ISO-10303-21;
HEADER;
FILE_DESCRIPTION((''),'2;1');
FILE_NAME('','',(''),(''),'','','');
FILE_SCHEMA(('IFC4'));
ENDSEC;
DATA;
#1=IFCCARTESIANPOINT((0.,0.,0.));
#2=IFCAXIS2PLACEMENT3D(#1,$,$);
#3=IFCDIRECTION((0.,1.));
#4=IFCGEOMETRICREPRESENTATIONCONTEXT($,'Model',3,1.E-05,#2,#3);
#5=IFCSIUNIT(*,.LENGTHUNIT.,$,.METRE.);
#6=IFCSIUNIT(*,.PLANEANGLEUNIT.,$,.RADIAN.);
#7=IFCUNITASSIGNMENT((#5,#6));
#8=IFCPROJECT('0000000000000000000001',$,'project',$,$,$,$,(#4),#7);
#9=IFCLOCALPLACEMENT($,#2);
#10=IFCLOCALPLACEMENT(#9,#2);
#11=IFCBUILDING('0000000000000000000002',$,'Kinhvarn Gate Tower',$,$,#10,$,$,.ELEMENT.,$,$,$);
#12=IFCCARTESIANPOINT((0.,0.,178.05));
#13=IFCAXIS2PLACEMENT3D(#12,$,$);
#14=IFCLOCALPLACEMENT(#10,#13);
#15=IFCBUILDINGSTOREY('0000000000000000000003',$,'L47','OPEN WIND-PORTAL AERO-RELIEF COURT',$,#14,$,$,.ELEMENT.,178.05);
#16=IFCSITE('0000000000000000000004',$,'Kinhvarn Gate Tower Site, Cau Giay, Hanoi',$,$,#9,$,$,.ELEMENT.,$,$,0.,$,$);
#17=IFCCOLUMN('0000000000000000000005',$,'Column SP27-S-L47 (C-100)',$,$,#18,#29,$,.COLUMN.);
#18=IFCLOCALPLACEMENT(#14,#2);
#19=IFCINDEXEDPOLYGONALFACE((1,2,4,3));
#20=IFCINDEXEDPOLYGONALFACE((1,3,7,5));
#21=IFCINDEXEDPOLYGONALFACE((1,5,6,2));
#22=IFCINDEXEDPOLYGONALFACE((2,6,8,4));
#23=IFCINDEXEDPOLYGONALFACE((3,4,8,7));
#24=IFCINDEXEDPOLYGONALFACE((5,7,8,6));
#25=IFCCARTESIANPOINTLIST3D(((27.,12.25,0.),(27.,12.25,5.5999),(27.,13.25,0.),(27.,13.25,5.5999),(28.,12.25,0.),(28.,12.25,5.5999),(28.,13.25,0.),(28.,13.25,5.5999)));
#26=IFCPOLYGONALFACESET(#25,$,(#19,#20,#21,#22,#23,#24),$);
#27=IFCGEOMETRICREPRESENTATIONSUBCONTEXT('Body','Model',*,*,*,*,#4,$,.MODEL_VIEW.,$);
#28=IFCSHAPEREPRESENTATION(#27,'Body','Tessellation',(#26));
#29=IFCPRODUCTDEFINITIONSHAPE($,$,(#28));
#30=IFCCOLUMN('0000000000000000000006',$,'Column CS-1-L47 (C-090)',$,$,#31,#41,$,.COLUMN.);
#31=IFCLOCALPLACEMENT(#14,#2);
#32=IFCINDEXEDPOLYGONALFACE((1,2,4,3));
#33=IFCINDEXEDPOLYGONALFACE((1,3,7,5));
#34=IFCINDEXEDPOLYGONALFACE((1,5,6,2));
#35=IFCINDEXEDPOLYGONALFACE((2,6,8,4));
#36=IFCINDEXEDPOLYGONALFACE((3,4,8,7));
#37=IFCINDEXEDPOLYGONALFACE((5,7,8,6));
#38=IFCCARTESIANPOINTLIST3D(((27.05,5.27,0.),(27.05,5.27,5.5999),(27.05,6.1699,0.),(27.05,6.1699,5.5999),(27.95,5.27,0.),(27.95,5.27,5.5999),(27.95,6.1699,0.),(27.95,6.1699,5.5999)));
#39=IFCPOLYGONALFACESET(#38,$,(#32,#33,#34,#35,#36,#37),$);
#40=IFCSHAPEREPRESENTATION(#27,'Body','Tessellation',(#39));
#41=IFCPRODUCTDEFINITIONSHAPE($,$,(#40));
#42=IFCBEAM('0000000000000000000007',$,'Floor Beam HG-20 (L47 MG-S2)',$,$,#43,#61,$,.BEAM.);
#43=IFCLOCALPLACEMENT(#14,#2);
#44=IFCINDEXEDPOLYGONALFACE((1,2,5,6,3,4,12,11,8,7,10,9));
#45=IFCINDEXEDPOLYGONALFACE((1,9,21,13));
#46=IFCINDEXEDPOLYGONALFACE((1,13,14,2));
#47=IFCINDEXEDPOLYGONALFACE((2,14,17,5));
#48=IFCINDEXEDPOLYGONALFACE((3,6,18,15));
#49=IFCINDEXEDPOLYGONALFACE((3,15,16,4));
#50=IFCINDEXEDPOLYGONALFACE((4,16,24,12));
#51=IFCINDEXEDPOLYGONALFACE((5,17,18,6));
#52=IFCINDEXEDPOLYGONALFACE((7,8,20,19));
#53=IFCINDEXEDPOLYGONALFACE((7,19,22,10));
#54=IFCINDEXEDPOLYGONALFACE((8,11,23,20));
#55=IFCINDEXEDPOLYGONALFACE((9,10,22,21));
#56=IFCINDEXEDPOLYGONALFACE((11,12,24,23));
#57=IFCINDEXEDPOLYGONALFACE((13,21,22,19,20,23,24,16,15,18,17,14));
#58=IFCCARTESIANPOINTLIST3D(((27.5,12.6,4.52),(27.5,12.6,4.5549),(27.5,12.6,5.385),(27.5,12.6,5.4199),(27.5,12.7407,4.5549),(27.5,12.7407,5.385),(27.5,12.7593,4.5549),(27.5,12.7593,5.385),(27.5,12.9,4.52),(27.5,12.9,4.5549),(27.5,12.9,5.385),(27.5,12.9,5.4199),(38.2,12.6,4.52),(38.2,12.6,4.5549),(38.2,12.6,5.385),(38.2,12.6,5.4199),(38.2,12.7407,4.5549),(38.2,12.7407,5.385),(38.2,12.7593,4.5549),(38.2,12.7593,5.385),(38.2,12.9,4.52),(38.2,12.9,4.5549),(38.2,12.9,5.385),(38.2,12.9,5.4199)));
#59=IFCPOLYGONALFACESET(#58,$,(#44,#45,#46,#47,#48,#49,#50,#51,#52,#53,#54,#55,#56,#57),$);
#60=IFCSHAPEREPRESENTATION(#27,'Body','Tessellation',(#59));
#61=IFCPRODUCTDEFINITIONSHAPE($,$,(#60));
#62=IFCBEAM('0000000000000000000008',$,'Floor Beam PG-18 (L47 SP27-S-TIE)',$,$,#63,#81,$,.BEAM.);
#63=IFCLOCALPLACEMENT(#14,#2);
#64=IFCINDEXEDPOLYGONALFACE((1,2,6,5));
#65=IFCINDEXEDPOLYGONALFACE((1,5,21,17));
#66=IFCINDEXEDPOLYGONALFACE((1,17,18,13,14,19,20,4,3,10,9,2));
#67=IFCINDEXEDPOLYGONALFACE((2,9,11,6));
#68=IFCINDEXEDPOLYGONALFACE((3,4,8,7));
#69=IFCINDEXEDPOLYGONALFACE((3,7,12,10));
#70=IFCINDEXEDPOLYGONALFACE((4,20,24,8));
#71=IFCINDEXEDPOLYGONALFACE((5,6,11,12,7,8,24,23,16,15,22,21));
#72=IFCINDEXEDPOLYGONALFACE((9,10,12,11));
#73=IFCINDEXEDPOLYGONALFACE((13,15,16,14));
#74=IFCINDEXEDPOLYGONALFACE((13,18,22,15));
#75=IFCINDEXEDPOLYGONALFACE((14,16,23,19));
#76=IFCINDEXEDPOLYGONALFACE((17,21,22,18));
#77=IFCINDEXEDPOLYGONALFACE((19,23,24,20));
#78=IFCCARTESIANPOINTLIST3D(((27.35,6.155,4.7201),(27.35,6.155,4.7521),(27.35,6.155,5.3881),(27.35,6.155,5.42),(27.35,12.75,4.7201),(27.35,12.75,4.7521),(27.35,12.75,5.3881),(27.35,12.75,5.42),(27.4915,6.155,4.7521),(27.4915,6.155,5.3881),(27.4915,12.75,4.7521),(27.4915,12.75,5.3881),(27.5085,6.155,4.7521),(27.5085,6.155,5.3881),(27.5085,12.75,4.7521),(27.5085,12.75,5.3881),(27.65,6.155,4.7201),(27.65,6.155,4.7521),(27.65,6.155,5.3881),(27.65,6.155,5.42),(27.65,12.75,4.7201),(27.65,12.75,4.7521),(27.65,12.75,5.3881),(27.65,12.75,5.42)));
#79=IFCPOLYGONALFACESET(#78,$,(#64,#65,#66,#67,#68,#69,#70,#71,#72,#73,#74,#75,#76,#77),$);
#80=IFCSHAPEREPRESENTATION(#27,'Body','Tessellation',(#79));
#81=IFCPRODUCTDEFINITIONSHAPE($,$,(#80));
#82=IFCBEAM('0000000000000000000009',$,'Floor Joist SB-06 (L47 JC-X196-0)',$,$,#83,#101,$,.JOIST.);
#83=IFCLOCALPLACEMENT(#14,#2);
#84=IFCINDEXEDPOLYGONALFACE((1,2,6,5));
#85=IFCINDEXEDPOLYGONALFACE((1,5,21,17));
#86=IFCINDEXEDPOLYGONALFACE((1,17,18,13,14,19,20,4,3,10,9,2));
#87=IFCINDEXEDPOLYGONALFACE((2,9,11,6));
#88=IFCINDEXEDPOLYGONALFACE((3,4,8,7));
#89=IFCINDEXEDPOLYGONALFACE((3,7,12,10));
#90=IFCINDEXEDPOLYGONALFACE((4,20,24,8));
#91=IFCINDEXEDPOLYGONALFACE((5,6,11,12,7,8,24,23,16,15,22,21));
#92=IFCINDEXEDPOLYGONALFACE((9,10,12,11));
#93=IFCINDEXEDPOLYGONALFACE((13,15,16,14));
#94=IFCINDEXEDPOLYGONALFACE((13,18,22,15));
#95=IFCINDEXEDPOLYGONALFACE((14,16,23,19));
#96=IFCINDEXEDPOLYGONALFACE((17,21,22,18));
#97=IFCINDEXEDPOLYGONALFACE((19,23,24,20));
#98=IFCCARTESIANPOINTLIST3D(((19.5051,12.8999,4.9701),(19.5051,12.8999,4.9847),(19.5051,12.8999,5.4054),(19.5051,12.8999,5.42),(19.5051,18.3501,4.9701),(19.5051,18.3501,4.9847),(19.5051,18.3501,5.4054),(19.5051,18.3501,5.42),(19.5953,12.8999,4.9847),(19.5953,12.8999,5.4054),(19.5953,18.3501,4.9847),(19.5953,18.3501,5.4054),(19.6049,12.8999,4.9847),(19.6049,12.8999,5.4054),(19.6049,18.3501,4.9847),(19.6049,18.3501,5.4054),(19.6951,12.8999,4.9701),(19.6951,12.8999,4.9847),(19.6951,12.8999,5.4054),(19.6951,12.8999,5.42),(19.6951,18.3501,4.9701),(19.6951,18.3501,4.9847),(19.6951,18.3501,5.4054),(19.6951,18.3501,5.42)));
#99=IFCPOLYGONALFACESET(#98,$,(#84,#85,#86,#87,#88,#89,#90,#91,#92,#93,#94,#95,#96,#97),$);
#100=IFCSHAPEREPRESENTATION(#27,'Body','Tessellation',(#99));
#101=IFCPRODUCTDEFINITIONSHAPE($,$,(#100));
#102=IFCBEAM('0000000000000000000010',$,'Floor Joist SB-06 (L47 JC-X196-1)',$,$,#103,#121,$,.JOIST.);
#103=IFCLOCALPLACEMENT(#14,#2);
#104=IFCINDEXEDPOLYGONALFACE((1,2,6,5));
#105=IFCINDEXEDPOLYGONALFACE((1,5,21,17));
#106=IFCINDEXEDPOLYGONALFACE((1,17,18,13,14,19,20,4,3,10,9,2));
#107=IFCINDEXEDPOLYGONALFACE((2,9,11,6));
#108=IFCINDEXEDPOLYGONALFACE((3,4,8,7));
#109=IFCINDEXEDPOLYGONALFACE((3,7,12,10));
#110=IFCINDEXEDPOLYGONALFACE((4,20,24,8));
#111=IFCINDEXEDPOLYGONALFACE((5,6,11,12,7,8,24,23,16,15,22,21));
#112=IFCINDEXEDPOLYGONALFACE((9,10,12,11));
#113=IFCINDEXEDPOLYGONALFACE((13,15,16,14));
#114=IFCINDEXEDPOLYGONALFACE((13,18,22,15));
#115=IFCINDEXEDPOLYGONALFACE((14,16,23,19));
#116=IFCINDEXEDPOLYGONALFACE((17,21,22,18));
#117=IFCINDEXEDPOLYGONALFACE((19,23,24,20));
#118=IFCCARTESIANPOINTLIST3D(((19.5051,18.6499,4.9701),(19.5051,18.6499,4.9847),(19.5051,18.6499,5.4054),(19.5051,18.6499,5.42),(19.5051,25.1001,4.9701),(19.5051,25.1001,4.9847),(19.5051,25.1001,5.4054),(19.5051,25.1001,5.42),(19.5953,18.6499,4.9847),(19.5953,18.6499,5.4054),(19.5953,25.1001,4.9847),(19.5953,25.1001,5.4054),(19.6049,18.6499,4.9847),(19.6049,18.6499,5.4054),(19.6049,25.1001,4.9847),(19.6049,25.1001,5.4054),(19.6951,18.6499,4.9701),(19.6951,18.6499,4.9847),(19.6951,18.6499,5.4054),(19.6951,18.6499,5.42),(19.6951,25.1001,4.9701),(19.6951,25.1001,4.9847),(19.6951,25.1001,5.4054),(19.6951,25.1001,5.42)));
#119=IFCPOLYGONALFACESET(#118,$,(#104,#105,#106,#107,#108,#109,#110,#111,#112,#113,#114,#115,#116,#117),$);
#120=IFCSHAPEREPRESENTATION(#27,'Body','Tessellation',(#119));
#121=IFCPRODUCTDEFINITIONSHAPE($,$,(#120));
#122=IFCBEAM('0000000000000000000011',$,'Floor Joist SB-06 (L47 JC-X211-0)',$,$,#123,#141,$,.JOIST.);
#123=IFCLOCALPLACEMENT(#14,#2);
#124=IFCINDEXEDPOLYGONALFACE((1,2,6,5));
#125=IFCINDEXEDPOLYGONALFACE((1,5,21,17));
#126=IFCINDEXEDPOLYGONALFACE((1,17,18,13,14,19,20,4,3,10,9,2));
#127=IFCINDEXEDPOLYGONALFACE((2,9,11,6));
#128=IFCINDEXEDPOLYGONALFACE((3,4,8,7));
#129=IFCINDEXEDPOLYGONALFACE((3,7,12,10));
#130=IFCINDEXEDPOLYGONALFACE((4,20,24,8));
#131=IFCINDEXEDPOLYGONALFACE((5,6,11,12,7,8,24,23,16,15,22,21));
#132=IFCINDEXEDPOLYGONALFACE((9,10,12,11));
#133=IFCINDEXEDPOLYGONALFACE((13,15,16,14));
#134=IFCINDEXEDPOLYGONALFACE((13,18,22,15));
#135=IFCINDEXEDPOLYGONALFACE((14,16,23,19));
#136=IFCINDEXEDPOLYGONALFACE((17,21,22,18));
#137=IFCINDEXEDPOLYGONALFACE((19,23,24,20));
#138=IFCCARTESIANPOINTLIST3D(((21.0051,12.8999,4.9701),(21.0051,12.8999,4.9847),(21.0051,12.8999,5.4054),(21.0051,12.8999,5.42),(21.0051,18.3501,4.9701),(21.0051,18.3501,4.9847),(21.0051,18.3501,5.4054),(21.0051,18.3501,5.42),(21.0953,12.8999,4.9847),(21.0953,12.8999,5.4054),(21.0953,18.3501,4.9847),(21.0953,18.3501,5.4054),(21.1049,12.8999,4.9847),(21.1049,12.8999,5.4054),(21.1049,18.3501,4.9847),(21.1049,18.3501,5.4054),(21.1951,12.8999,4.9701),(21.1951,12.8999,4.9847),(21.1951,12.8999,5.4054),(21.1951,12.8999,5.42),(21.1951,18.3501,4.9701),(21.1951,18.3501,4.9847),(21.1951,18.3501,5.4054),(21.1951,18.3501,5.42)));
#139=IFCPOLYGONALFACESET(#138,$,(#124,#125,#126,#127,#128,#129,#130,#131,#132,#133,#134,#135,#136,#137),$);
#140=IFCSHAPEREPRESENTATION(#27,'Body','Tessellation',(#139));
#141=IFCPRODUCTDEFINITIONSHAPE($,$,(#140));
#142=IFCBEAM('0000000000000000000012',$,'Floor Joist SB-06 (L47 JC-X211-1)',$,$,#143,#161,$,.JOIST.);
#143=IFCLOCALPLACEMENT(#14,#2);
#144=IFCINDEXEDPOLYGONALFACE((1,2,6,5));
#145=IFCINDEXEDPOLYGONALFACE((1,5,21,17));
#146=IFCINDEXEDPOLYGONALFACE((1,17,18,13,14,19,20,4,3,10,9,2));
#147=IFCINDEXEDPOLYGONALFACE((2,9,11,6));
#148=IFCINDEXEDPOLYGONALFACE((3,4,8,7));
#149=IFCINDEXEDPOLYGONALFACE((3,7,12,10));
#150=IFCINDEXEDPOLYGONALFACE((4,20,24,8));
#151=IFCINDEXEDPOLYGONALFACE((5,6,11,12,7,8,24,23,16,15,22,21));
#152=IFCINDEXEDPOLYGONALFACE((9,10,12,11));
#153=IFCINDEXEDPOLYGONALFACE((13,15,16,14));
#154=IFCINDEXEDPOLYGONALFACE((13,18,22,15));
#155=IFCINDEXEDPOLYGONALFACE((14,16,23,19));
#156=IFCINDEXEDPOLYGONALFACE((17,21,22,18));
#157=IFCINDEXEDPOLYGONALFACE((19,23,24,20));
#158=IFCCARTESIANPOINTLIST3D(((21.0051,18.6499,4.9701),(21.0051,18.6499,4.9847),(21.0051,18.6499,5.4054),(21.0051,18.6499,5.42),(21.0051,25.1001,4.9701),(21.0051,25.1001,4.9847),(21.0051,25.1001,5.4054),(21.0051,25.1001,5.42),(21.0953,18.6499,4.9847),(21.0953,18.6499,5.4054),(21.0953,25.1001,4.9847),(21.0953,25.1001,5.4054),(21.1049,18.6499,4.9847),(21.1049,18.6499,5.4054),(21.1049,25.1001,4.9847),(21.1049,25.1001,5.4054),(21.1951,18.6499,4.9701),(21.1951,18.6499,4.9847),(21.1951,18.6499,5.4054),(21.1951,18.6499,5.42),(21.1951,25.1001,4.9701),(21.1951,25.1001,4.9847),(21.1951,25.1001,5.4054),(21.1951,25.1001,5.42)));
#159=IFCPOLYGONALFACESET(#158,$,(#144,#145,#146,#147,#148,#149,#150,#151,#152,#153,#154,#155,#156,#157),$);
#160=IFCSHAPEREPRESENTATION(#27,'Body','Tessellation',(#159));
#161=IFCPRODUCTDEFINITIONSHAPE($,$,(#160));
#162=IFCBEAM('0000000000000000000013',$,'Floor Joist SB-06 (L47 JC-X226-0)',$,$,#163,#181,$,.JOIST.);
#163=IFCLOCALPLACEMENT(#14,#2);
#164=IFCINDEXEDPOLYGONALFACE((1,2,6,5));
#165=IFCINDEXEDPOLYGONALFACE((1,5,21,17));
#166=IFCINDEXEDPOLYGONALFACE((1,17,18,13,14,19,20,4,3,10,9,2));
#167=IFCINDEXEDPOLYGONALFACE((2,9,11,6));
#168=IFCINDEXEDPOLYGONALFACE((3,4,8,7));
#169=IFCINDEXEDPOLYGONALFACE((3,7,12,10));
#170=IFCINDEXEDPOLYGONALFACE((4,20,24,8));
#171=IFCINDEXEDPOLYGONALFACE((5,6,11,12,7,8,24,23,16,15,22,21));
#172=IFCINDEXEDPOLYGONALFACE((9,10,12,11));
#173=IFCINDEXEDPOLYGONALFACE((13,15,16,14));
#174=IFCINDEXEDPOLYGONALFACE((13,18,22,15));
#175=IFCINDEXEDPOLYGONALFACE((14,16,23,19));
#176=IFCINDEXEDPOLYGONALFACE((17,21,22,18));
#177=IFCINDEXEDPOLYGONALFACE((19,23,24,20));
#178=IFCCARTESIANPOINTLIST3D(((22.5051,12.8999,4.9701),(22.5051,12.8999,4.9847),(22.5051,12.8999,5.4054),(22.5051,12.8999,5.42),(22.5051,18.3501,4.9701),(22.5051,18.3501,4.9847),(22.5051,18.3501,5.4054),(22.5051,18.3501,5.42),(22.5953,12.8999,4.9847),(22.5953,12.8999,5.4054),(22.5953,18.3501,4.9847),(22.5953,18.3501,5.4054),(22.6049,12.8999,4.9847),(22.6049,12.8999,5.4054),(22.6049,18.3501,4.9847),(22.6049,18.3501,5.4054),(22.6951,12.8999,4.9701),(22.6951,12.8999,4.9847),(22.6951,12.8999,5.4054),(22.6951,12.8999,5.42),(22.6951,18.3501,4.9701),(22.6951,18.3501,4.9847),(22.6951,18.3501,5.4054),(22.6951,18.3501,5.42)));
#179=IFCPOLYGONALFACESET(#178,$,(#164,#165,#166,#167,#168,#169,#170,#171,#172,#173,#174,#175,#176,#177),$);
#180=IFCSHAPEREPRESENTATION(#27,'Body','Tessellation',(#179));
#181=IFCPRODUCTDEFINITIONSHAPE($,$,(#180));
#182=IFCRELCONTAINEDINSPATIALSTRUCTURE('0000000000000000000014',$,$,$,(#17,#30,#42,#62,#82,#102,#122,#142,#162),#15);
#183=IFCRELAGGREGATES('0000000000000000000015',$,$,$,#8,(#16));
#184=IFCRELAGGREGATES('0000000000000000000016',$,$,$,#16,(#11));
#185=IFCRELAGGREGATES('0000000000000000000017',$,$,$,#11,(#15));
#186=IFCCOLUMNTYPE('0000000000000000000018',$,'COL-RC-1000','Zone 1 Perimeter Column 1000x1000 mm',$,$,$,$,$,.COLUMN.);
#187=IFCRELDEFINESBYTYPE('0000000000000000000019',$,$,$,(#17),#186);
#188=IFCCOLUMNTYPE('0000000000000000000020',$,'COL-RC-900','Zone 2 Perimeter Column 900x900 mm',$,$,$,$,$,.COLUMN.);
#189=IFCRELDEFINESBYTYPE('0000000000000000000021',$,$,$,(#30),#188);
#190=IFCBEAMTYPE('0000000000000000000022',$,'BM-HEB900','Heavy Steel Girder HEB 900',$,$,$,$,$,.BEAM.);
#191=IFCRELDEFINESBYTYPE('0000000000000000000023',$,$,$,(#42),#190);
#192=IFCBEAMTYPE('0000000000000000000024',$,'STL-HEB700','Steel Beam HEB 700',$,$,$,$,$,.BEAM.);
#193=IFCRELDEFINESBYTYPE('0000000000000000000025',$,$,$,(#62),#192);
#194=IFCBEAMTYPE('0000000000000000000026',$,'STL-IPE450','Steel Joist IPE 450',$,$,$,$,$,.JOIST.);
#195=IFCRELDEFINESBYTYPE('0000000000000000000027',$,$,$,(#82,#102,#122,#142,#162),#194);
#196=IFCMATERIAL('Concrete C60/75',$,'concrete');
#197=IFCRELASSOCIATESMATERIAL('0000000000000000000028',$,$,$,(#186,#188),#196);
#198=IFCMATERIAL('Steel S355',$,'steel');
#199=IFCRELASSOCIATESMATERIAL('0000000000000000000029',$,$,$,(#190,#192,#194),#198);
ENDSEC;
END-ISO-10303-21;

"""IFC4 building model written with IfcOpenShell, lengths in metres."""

from ifc_helpers import new_model, si_unit, direction, frame, origin, origin_2d, place, context, subcontext, project, spatial, rectangle, i_section, extrude, material, material_profile, profile_set, type_object, element, save


model = new_model("IFC4")

# Units and contexts
model_context = context("Model", 3, precision=1e-05, world=origin(), true_north=direction((0.0, 1.0)))
body_context = subcontext(model_context, "Body", "Model", "MODEL_VIEW")
ifc_project = project(units=[si_unit("LENGTHUNIT", "METRE"), si_unit("PLANEANGLEUNIT", "RADIAN")], contexts=[model_context])

# Site, building, storey
site_placement = place(None, origin())
site = spatial("IfcSite", under=ifc_project, at=site_placement, Name="Kinhvarn Gate Tower Site, Cau Giay, Hanoi", CompositionType="ELEMENT", RefElevation=0.0)
building_placement = place(site_placement, origin())
building = spatial("IfcBuilding", under=site, at=building_placement, Name="Kinhvarn Gate Tower", CompositionType="ELEMENT")
storey_placement = place(building_placement, frame((0.0, 0.0, 178.05)))
storey = spatial("IfcBuildingStorey", under=building, at=storey_placement, Name="L47", Description="OPEN WIND-PORTAL AERO-RELIEF COURT", CompositionType="ELEMENT", Elevation=178.05)

# Columns
ifc_material_1 = material(Name="Concrete C60/75", Category="concrete")
ifc_material_profile_1 = material_profile(ifc_material_1, rectangle(XDim=1.0, YDim=1.0, at=origin_2d()), Name="RC 1000x1000")
ifc_profile_set_1 = profile_set([ifc_material_profile_1], Name="Concrete C60/75")
column_type_1 = type_object("IfcColumnType", Name="COL-RC-1000", Description="Zone 1 Perimeter Column 1000x1000 mm", PredefinedType="COLUMN", material=ifc_profile_set_1)
column_1_placement = place(storey_placement, frame((27.5, 12.75, 0.0), z_axis=(0.0, 0.0, 1.0), x_axis=(1.0, 0.0, 0.0)))
element("IfcColumn", 1, at=column_1_placement, inside=storey, type_object=column_type_1, Name="Column SP27-S-L47 (C-100)", PredefinedType="COLUMN", context=body_context, shape_type="SweptSolid", body=[
    extrude(rectangle(XDim=1.0, YDim=1.0, at=origin_2d()), origin(), (0.0, 0.0, 1.0), 5.5999),
])
ifc_material_profile_2 = material_profile(ifc_material_1, rectangle(XDim=0.8999, YDim=0.8999, at=origin_2d()), Name="RC 900x900")
ifc_profile_set_2 = profile_set([ifc_material_profile_2], Name="Concrete C60/75")
column_type_2 = type_object("IfcColumnType", Name="COL-RC-900", Description="Zone 2 Perimeter Column 900x900 mm", PredefinedType="COLUMN", material=ifc_profile_set_2)
column_2_placement = place(storey_placement, frame((27.5, 5.72, 0.0), z_axis=(0.0, 0.0, 1.0), x_axis=(1.0, 0.0, 0.0)))
element("IfcColumn", 2, at=column_2_placement, inside=storey, type_object=column_type_2, Name="Column CS-1-L47 (C-090)", PredefinedType="COLUMN", context=body_context, shape_type="SweptSolid", body=[
    extrude(rectangle(XDim=0.8999, YDim=0.8999, at=origin_2d()), origin(), (0.0, 0.0, 1.0), 5.5999),
])

# Beams
ifc_material_2 = material(Name="Steel S355", Category="steel")
ifc_material_profile_3 = material_profile(ifc_material_2, i_section(OverallWidth=0.3, OverallDepth=0.8999, WebThickness=0.0186, FlangeThickness=0.0349, at=origin_2d()), Name="HEB 900")
ifc_profile_set_3 = profile_set([ifc_material_profile_3], Name="Steel S355")
beam_type_1 = type_object("IfcBeamType", Name="BM-HEB900", Description="Heavy Steel Girder HEB 900", PredefinedType="BEAM", material=ifc_profile_set_3)
beam_1_placement = place(storey_placement, frame((27.5, 12.75, 4.97), z_axis=(1.0, 0.0, 0.0), x_axis=(0.0, 1.0, 0.0)))
element("IfcBeam", 3, at=beam_1_placement, inside=storey, type_object=beam_type_1, Name="Floor Beam HG-20 (L47 MG-S2)", PredefinedType="BEAM", context=body_context, shape_type="SweptSolid", body=[
    extrude(i_section(OverallWidth=0.3, OverallDepth=0.8999, WebThickness=0.0186, FlangeThickness=0.0349, at=origin_2d()), origin(), (0.0, 0.0, 1.0), 10.7),
])
ifc_material_profile_4 = material_profile(ifc_material_2, i_section(OverallWidth=0.3, OverallDepth=0.7, WebThickness=0.0171, FlangeThickness=0.032, at=origin_2d()), Name="HEB 700")
ifc_profile_set_4 = profile_set([ifc_material_profile_4], Name="Steel S355")
beam_type_2 = type_object("IfcBeamType", Name="STL-HEB700", Description="Steel Beam HEB 700", PredefinedType="BEAM", material=ifc_profile_set_4)
beam_2_placement = place(storey_placement, frame((27.5, 6.155, 5.0701), z_axis=(0.0, 1.0, 0.0), x_axis=(-1.0, 0.0, 0.0)))
element("IfcBeam", 4, at=beam_2_placement, inside=storey, type_object=beam_type_2, Name="Floor Beam PG-18 (L47 SP27-S-TIE)", PredefinedType="BEAM", context=body_context, shape_type="SweptSolid", body=[
    extrude(i_section(OverallWidth=0.3, OverallDepth=0.7, WebThickness=0.0171, FlangeThickness=0.032, at=origin_2d()), origin(), (0.0, 0.0, 1.0), 6.595),
])
ifc_material_profile_5 = material_profile(ifc_material_2, i_section(OverallWidth=0.1899, OverallDepth=0.45, WebThickness=0.0095, FlangeThickness=0.0146, at=origin_2d()), Name="IPE 450")
ifc_profile_set_5 = profile_set([ifc_material_profile_5], Name="Steel S355")
beam_type_3 = type_object("IfcBeamType", Name="STL-IPE450", Description="Steel Joist IPE 450", PredefinedType="JOIST", material=ifc_profile_set_5)
beam_3_placement = place(storey_placement, frame((19.6001, 12.8999, 5.1951), z_axis=(0.0, 1.0, 0.0), x_axis=(-1.0, 0.0, 0.0)))
element("IfcBeam", 5, at=beam_3_placement, inside=storey, type_object=beam_type_3, Name="Floor Joist SB-06 (L47 JC-X196-0)", PredefinedType="JOIST", context=body_context, shape_type="SweptSolid", body=[
    extrude(i_section(OverallWidth=0.1899, OverallDepth=0.45, WebThickness=0.0095, FlangeThickness=0.0146, at=origin_2d()), origin(), (0.0, 0.0, 1.0), 5.4502),
])
beam_4_placement = place(storey_placement, frame((19.6001, 18.6499, 5.1951), z_axis=(0.0, 1.0, 0.0), x_axis=(-1.0, 0.0, 0.0)))
element("IfcBeam", 6, at=beam_4_placement, inside=storey, type_object=beam_type_3, Name="Floor Joist SB-06 (L47 JC-X196-1)", PredefinedType="JOIST", context=body_context, shape_type="SweptSolid", body=[
    extrude(i_section(OverallWidth=0.1899, OverallDepth=0.45, WebThickness=0.0095, FlangeThickness=0.0146, at=origin_2d()), origin(), (0.0, 0.0, 1.0), 6.4502),
])
beam_5_placement = place(storey_placement, frame((21.1001, 12.8999, 5.1951), z_axis=(0.0, 1.0, 0.0), x_axis=(-1.0, 0.0, 0.0)))
element("IfcBeam", 7, at=beam_5_placement, inside=storey, type_object=beam_type_3, Name="Floor Joist SB-06 (L47 JC-X211-0)", PredefinedType="JOIST", context=body_context, shape_type="SweptSolid", body=[
    extrude(i_section(OverallWidth=0.1899, OverallDepth=0.45, WebThickness=0.0095, FlangeThickness=0.0146, at=origin_2d()), origin(), (0.0, 0.0, 1.0), 5.4502),
])
beam_6_placement = place(storey_placement, frame((21.1001, 18.6499, 5.1951), z_axis=(0.0, 1.0, 0.0), x_axis=(-1.0, 0.0, 0.0)))
element("IfcBeam", 8, at=beam_6_placement, inside=storey, type_object=beam_type_3, Name="Floor Joist SB-06 (L47 JC-X211-1)", PredefinedType="JOIST", context=body_context, shape_type="SweptSolid", body=[
    extrude(i_section(OverallWidth=0.1899, OverallDepth=0.45, WebThickness=0.0095, FlangeThickness=0.0146, at=origin_2d()), origin(), (0.0, 0.0, 1.0), 6.4502),
])
beam_7_placement = place(storey_placement, frame((22.6001, 12.8999, 5.1951), z_axis=(0.0, 1.0, 0.0), x_axis=(-1.0, 0.0, 0.0)))
element("IfcBeam", 9, at=beam_7_placement, inside=storey, type_object=beam_type_3, Name="Floor Joist SB-06 (L47 JC-X226-0)", PredefinedType="JOIST", context=body_context, shape_type="SweptSolid", body=[
    extrude(i_section(OverallWidth=0.1899, OverallDepth=0.45, WebThickness=0.0095, FlangeThickness=0.0146, at=origin_2d()), origin(), (0.0, 0.0, 1.0), 5.4502),
])

save(model, "model.ifc")
